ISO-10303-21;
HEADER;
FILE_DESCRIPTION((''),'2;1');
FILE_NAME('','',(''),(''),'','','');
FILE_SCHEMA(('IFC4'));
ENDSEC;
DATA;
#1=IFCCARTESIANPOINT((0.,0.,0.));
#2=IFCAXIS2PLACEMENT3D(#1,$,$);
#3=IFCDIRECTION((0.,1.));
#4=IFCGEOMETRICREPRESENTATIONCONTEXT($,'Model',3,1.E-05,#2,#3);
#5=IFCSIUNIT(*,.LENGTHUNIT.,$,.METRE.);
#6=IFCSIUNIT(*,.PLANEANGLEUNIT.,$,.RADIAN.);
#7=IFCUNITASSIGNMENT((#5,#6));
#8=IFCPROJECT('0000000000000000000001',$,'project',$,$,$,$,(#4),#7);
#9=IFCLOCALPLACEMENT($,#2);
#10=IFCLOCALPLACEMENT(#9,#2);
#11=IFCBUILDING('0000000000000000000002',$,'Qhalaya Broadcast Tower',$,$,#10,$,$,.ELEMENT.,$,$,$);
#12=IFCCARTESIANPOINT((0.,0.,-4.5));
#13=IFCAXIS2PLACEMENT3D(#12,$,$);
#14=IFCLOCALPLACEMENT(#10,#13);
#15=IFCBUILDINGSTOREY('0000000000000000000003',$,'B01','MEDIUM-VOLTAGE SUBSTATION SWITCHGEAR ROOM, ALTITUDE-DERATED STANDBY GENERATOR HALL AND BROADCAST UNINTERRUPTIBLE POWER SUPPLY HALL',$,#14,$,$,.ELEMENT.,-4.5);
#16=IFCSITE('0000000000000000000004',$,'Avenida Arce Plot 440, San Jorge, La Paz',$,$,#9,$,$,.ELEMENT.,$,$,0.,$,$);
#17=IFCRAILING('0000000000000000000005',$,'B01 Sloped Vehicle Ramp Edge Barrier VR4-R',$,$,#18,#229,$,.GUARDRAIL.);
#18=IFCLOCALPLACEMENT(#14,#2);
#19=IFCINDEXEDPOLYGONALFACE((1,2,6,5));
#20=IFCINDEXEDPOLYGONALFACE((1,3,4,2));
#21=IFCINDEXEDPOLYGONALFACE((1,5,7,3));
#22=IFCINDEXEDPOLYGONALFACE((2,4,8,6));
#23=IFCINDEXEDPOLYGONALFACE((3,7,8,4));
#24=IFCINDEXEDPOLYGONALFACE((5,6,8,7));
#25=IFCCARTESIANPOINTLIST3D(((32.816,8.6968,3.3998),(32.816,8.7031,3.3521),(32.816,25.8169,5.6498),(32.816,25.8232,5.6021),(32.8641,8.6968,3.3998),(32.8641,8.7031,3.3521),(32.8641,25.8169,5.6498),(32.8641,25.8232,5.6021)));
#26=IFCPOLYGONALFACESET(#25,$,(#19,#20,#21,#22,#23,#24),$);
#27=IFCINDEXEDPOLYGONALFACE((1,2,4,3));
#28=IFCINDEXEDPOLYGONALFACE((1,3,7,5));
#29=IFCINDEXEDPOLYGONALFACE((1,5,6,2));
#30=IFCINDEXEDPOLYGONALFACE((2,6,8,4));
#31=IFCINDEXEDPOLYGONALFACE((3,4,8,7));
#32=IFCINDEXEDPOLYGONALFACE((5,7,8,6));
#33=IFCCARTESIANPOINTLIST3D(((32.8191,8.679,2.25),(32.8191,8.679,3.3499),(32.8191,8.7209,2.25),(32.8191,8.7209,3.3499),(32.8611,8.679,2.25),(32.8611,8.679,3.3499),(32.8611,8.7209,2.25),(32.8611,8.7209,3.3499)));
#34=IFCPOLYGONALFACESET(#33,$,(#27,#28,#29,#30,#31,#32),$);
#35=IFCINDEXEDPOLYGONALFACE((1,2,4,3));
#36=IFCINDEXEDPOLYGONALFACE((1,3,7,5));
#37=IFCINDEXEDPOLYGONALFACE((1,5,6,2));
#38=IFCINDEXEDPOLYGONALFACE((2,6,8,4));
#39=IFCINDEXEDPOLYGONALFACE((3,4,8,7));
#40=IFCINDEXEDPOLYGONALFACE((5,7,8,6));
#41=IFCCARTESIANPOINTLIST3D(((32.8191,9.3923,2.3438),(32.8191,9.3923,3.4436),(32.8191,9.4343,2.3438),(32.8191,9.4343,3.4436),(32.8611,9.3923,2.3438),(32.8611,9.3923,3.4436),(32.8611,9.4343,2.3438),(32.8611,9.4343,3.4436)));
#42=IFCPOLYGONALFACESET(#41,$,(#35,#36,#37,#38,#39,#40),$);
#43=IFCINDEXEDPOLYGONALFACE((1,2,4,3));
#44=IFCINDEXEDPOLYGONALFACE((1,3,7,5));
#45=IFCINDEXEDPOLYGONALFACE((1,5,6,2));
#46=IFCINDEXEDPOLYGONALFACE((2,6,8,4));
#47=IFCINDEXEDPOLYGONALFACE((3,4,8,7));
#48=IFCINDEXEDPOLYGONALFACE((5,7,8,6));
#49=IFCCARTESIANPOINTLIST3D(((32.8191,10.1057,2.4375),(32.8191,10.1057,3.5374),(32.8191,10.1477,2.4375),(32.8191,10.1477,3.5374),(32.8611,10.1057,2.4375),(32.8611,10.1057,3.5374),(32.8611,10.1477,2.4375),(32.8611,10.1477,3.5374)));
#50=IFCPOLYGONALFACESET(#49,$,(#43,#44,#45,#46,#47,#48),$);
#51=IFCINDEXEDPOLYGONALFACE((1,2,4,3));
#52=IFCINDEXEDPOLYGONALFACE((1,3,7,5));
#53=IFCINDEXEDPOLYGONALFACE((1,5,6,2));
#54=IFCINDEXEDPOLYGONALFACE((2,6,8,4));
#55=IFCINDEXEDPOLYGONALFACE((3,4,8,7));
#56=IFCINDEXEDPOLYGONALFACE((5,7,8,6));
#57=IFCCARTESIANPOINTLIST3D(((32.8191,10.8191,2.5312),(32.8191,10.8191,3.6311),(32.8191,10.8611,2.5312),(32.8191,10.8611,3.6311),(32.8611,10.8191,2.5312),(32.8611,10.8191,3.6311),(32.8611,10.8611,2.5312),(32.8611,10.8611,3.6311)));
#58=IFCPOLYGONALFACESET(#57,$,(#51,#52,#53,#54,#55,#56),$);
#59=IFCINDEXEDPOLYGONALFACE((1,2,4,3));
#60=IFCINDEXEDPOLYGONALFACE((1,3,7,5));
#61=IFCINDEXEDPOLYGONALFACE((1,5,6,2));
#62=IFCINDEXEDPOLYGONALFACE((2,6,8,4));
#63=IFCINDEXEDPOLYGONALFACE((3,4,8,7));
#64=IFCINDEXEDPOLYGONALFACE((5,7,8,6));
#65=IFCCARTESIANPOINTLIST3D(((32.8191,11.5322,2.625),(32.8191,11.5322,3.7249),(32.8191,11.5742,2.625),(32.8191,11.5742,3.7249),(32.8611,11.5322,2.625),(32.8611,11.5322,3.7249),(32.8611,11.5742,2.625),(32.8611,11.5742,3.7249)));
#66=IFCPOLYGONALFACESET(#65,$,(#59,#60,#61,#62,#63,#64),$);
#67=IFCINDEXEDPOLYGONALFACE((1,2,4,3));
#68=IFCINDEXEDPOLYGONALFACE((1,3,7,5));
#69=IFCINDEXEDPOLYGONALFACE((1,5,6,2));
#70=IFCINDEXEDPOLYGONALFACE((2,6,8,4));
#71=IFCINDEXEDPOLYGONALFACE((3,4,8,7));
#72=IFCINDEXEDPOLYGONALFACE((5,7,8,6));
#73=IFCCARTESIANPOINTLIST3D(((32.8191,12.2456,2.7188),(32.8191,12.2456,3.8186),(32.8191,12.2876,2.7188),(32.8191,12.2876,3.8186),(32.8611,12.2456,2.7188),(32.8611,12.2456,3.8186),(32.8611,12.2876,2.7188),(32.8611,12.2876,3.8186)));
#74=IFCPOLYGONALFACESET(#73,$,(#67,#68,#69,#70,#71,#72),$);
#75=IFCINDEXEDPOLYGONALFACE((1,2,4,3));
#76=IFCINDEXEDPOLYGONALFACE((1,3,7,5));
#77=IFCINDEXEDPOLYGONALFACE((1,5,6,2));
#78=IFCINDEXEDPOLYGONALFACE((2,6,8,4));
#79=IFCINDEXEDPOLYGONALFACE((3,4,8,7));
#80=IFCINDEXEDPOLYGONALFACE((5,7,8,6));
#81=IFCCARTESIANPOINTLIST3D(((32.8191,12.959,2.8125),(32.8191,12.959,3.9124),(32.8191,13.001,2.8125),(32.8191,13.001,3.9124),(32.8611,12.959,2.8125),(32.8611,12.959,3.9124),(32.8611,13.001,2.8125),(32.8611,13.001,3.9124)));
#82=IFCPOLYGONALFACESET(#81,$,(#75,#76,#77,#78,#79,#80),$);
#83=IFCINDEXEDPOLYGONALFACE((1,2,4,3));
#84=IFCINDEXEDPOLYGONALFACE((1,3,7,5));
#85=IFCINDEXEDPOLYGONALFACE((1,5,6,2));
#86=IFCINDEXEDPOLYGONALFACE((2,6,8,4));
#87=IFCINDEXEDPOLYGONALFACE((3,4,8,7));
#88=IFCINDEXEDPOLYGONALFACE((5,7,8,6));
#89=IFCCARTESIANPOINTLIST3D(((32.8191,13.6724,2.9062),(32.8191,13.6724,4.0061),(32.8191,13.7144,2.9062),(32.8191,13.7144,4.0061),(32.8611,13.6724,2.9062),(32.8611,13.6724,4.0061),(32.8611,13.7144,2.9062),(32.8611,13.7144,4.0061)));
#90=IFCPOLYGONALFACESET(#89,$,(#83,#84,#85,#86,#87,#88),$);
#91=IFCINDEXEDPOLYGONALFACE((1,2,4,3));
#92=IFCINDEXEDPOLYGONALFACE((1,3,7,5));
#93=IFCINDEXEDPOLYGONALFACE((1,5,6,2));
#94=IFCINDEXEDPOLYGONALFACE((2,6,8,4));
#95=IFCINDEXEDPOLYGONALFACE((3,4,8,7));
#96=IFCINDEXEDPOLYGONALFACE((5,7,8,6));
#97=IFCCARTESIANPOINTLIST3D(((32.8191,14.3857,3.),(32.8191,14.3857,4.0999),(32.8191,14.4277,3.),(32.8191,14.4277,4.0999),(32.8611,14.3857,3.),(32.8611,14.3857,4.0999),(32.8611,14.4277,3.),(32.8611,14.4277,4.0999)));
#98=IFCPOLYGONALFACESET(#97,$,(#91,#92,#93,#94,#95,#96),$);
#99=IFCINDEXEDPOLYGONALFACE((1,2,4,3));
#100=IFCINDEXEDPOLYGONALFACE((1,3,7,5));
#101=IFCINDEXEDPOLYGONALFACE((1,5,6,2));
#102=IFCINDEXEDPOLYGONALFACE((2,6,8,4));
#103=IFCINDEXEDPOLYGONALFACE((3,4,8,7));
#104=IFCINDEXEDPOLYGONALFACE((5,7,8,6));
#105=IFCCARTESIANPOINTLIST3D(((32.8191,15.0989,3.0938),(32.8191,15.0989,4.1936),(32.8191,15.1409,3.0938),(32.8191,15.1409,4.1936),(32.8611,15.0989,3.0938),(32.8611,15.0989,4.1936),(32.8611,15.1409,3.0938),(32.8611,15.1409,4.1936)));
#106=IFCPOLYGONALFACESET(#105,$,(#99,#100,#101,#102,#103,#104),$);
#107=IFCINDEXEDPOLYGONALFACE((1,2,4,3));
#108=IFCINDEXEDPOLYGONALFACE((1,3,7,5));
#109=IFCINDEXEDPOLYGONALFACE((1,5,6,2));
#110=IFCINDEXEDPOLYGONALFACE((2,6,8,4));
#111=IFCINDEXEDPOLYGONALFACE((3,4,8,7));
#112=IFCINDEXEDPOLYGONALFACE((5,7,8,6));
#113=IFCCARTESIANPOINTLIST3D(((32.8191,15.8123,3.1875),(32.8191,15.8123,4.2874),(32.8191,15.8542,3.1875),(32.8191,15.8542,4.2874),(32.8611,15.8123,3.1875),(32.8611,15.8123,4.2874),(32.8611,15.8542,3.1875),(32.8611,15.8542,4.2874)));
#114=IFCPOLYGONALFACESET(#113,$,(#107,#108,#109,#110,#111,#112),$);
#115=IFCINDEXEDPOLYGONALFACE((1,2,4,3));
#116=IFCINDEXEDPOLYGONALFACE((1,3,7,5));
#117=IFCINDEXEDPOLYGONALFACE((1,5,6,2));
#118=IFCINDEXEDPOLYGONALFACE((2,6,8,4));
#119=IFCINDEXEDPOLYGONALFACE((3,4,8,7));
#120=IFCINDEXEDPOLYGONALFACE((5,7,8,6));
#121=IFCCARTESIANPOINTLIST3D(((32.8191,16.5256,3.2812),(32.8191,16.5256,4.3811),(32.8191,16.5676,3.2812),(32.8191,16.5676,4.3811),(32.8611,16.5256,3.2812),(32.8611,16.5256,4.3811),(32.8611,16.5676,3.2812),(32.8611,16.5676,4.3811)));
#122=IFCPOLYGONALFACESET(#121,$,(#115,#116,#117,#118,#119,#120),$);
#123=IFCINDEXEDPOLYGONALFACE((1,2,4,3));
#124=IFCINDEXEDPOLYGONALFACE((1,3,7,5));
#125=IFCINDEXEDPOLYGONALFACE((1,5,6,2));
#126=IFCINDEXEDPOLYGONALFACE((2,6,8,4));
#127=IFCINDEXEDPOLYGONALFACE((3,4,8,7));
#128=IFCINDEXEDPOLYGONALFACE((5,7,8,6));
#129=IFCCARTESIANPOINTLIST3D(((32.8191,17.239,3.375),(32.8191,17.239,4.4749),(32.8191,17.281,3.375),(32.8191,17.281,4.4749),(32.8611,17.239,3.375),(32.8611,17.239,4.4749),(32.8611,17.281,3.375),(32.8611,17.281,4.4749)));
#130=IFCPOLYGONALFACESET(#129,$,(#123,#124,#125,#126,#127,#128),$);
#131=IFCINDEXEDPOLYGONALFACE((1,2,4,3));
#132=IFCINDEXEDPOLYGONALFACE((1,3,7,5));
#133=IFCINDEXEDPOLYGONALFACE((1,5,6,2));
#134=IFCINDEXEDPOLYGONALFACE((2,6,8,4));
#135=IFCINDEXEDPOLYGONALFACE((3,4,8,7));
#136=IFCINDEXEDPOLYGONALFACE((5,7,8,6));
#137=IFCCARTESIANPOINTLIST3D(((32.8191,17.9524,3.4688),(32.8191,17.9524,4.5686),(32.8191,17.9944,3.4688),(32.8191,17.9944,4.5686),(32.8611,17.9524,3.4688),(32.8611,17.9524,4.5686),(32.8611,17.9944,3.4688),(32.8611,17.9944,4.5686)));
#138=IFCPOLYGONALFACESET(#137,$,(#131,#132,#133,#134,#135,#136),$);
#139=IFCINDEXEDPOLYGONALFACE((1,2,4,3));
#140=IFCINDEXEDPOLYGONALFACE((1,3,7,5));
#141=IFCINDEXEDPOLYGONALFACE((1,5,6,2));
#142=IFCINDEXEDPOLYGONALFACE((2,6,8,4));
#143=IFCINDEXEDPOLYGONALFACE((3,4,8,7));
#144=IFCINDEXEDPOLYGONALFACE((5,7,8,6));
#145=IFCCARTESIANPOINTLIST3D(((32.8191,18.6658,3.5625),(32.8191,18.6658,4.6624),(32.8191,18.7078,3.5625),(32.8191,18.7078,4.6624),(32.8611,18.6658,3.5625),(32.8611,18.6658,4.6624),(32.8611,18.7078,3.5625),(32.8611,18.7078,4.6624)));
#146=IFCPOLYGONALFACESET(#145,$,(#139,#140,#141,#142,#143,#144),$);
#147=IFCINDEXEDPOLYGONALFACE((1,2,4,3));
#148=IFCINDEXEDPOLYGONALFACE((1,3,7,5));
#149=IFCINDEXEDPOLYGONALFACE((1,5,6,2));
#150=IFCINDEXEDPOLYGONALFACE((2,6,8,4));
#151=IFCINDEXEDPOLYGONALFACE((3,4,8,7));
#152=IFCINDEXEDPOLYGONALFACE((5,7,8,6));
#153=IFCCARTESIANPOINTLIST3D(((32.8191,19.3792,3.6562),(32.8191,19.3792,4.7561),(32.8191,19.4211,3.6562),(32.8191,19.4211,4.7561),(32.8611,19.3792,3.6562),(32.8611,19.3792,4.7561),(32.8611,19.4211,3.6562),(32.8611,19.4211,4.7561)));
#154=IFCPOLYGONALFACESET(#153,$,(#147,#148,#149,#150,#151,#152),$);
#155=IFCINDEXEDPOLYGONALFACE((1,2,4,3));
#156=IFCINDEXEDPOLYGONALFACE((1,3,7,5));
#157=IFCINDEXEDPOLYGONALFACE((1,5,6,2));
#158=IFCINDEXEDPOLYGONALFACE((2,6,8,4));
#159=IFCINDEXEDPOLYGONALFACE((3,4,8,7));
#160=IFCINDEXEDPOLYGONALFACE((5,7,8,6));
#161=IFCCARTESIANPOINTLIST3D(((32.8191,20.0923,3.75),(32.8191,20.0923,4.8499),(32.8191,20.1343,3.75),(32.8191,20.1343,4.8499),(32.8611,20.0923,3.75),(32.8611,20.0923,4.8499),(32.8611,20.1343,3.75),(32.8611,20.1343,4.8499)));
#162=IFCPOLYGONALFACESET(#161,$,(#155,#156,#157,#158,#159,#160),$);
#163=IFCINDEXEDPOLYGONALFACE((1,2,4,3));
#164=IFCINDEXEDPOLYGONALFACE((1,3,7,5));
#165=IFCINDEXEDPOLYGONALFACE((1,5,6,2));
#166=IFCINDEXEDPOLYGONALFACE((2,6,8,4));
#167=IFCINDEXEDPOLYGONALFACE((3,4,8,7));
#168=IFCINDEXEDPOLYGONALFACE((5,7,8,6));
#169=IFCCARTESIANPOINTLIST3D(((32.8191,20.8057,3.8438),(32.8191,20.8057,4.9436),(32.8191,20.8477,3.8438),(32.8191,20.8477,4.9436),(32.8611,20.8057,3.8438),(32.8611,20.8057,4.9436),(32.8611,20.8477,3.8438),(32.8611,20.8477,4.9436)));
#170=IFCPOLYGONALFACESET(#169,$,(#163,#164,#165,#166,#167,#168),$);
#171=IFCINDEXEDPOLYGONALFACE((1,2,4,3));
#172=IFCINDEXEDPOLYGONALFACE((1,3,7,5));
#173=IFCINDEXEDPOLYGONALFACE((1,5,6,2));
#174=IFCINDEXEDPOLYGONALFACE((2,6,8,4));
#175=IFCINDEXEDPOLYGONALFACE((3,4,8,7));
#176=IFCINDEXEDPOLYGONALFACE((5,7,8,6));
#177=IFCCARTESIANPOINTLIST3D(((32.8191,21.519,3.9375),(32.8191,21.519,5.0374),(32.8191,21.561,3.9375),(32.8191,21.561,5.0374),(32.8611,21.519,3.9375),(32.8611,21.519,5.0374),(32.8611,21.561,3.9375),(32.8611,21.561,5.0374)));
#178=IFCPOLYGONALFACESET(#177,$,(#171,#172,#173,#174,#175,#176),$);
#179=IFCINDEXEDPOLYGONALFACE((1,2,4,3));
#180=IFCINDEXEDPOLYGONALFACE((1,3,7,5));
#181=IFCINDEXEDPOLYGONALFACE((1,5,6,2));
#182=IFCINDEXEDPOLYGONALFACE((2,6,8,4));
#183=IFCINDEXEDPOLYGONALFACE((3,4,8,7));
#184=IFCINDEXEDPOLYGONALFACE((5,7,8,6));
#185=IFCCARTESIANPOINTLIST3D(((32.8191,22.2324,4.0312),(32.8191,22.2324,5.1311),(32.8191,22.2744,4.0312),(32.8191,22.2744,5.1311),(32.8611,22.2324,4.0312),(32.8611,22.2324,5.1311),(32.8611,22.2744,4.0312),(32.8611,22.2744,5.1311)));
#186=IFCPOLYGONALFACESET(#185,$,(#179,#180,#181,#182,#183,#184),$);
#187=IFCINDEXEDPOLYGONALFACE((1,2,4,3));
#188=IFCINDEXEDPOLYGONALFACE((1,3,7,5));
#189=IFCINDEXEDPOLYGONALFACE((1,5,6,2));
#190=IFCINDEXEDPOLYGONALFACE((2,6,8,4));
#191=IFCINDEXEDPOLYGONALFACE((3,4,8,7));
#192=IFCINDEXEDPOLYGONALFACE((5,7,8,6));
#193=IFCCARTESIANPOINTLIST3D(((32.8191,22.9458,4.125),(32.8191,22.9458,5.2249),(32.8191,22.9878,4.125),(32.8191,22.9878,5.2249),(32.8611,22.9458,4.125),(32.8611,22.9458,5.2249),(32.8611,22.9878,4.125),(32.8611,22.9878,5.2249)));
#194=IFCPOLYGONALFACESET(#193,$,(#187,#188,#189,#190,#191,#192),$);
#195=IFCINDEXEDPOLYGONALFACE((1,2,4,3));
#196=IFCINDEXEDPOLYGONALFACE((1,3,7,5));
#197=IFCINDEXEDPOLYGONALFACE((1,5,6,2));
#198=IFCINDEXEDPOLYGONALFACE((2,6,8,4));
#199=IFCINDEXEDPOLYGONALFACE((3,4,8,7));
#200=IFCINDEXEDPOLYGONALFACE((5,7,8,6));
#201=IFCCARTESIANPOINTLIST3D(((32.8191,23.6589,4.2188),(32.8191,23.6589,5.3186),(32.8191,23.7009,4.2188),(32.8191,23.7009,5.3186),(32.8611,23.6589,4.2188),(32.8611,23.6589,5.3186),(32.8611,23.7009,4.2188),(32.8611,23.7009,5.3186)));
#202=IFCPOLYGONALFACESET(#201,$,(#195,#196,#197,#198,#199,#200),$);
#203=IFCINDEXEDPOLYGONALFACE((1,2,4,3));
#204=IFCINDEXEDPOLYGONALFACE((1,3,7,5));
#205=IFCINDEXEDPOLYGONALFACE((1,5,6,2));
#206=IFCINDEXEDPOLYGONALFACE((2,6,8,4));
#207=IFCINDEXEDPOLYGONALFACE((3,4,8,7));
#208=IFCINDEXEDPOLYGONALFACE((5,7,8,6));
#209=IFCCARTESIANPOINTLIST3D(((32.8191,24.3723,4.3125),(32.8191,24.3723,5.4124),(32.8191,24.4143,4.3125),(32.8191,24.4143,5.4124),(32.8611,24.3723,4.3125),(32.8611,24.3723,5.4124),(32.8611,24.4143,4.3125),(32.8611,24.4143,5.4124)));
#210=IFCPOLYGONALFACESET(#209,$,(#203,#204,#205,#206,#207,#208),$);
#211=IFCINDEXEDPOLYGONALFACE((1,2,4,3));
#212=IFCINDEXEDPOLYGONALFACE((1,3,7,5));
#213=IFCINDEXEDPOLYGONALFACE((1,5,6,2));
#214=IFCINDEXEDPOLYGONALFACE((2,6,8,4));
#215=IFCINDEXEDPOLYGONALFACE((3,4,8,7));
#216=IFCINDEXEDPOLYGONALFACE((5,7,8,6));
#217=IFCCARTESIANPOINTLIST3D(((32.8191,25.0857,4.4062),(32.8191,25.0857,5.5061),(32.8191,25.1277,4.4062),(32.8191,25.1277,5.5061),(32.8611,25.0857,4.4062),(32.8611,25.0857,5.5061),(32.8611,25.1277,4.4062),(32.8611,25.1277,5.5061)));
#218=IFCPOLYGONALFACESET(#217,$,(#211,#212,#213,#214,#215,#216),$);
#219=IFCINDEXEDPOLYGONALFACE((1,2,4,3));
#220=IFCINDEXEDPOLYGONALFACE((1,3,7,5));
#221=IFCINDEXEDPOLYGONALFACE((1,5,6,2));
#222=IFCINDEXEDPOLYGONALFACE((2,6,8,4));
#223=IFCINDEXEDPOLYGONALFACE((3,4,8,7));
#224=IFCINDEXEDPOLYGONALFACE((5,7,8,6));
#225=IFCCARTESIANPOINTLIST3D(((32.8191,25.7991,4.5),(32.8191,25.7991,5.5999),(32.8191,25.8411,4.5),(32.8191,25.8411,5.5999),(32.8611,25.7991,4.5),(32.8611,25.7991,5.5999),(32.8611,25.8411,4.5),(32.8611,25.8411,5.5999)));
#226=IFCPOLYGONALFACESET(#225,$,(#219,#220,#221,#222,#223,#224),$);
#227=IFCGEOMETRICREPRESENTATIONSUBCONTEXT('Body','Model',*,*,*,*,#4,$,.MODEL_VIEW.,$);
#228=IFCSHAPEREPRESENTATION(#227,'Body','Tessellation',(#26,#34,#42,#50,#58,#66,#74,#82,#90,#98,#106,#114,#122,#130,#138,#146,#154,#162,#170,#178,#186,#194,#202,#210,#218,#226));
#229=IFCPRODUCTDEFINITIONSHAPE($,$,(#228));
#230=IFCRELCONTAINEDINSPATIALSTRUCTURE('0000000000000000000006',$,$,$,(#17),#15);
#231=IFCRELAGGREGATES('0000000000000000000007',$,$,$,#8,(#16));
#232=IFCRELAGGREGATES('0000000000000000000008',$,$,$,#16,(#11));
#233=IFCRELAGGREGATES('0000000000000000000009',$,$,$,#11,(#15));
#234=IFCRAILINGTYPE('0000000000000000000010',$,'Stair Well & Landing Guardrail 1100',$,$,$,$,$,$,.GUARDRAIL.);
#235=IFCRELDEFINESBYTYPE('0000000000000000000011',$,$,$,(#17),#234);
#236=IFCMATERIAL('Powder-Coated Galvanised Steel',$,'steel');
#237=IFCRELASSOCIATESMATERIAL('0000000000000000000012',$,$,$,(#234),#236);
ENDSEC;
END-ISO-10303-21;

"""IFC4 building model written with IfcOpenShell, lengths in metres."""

from ifc_helpers import new_model, si_unit, direction, frame, origin, origin_2d, place, context, subcontext, project, spatial, rectangle, extrude, material, type_object, element, save


model = new_model("IFC4")

# Units and contexts
model_context = context("Model", 3, precision=1e-05, world=origin(), true_north=direction((0.0, 1.0)))
body_context = subcontext(model_context, "Body", "Model", "MODEL_VIEW")
ifc_project = project(units=[si_unit("LENGTHUNIT", "METRE"), si_unit("PLANEANGLEUNIT", "RADIAN")], contexts=[model_context])

# Site, building, storey
site_placement = place(None, origin())
site = spatial("IfcSite", under=ifc_project, at=site_placement, Name="Avenida Arce Plot 440, San Jorge, La Paz", CompositionType="ELEMENT", RefElevation=0.0)
building_placement = place(site_placement, origin())
building = spatial("IfcBuilding", under=site, at=building_placement, Name="Qhalaya Broadcast Tower", CompositionType="ELEMENT")
storey_placement = place(building_placement, frame((0.0, 0.0, -4.5)))
storey = spatial("IfcBuildingStorey", under=building, at=storey_placement, Name="B01", Description="MEDIUM-VOLTAGE SUBSTATION SWITCHGEAR ROOM, ALTITUDE-DERATED STANDBY GENERATOR HALL AND BROADCAST UNINTERRUPTIBLE POWER SUPPLY HALL", CompositionType="ELEMENT", Elevation=-4.5)

# Railing
ifc_material_1 = material(Name="Powder-Coated Galvanised Steel", Category="steel")
railing_type = type_object("IfcRailingType", Name="Stair Well & Landing Guardrail 1100", PredefinedType="GUARDRAIL", material=ifc_material_1)
railing_1_placement = place(storey_placement, frame((32.8401, 8.7, 2.25)))
element("IfcRailing", 1, at=railing_1_placement, inside=storey, type_object=railing_type, Name="B01 Sloped Vehicle Ramp Edge Barrier VR4-R", PredefinedType="GUARDRAIL", context=body_context, shape_type="SweptSolid", body=[
    extrude(rectangle(XDim=0.0481, YDim=0.0481, at=origin_2d()), frame((0.0, 0.0, 1.126), z_axis=(0.0, 0.991474, 0.130304), x_axis=(-1.0, 0.0, 0.0)), (0.0, 0.0, 1.0), 17.2673),
    extrude(rectangle(XDim=0.042, YDim=0.042, at=origin_2d()), origin(), (0.0, 0.0, 1.0), 1.0999),
    extrude(rectangle(XDim=0.042, YDim=0.042, at=origin_2d()), frame((0.0, 0.7134, 0.0938)), (0.0, 0.0, 1.0), 1.0999),
    extrude(rectangle(XDim=0.042, YDim=0.042, at=origin_2d()), frame((0.0, 1.4268, 0.1875)), (0.0, 0.0, 1.0), 1.0999),
    extrude(rectangle(XDim=0.042, YDim=0.042, at=origin_2d()), frame((0.0, 2.1401, 0.2812)), (0.0, 0.0, 1.0), 1.0999),
    extrude(rectangle(XDim=0.042, YDim=0.042, at=origin_2d()), frame((0.0, 2.8533, 0.375)), (0.0, 0.0, 1.0), 1.0999),
    extrude(rectangle(XDim=0.042, YDim=0.042, at=origin_2d()), frame((0.0, 3.5667, 0.4688)), (0.0, 0.0, 1.0), 1.0999),
    extrude(rectangle(XDim=0.042, YDim=0.042, at=origin_2d()), frame((0.0, 4.28, 0.5625)), (0.0, 0.0, 1.0), 1.0999),
    extrude(rectangle(XDim=0.042, YDim=0.042, at=origin_2d()), frame((0.0, 4.9934, 0.6562)), (0.0, 0.0, 1.0), 1.0999),
    extrude(rectangle(XDim=0.042, YDim=0.042, at=origin_2d()), frame((0.0, 5.7068, 0.75)), (0.0, 0.0, 1.0), 1.0999),
    extrude(rectangle(XDim=0.042, YDim=0.042, at=origin_2d()), frame((0.0, 6.4199, 0.8438)), (0.0, 0.0, 1.0), 1.0999),
    extrude(rectangle(XDim=0.042, YDim=0.042, at=origin_2d()), frame((0.0, 7.1333, 0.9375)), (0.0, 0.0, 1.0), 1.0999),
    extrude(rectangle(XDim=0.042, YDim=0.042, at=origin_2d()), frame((0.0, 7.8467, 1.0312)), (0.0, 0.0, 1.0), 1.0999),
    extrude(rectangle(XDim=0.042, YDim=0.042, at=origin_2d()), frame((0.0, 8.5601, 1.125)), (0.0, 0.0, 1.0), 1.0999),
    extrude(rectangle(XDim=0.042, YDim=0.042, at=origin_2d()), frame((0.0, 9.2734, 1.2188)), (0.0, 0.0, 1.0), 1.0999),
    extrude(rectangle(XDim=0.042, YDim=0.042, at=origin_2d()), frame((0.0, 9.9868, 1.3125)), (0.0, 0.0, 1.0), 1.0999),
    extrude(rectangle(XDim=0.042, YDim=0.042, at=origin_2d()), frame((0.0, 10.7002, 1.4062)), (0.0, 0.0, 1.0), 1.0999),
    extrude(rectangle(XDim=0.042, YDim=0.042, at=origin_2d()), frame((0.0, 11.4133, 1.5)), (0.0, 0.0, 1.0), 1.0999),
    extrude(rectangle(XDim=0.042, YDim=0.042, at=origin_2d()), frame((0.0, 12.1267, 1.5938)), (0.0, 0.0, 1.0), 1.0999),
    extrude(rectangle(XDim=0.042, YDim=0.042, at=origin_2d()), frame((0.0, 12.8401, 1.6875)), (0.0, 0.0, 1.0), 1.0999),
    extrude(rectangle(XDim=0.042, YDim=0.042, at=origin_2d()), frame((0.0, 13.5535, 1.7812)), (0.0, 0.0, 1.0), 1.0999),
    extrude(rectangle(XDim=0.042, YDim=0.042, at=origin_2d()), frame((0.0, 14.2668, 1.875)), (0.0, 0.0, 1.0), 1.0999),
    extrude(rectangle(XDim=0.042, YDim=0.042, at=origin_2d()), frame((0.0, 14.98, 1.9688)), (0.0, 0.0, 1.0), 1.0999),
    extrude(rectangle(XDim=0.042, YDim=0.042, at=origin_2d()), frame((0.0, 15.6934, 2.0625)), (0.0, 0.0, 1.0), 1.0999),
    extrude(rectangle(XDim=0.042, YDim=0.042, at=origin_2d()), frame((0.0, 16.4067, 2.1562)), (0.0, 0.0, 1.0), 1.0999),
    extrude(rectangle(XDim=0.042, YDim=0.042, at=origin_2d()), frame((0.0, 17.1201, 2.25)), (0.0, 0.0, 1.0), 1.0999),
])

save(model, "model.ifc")
